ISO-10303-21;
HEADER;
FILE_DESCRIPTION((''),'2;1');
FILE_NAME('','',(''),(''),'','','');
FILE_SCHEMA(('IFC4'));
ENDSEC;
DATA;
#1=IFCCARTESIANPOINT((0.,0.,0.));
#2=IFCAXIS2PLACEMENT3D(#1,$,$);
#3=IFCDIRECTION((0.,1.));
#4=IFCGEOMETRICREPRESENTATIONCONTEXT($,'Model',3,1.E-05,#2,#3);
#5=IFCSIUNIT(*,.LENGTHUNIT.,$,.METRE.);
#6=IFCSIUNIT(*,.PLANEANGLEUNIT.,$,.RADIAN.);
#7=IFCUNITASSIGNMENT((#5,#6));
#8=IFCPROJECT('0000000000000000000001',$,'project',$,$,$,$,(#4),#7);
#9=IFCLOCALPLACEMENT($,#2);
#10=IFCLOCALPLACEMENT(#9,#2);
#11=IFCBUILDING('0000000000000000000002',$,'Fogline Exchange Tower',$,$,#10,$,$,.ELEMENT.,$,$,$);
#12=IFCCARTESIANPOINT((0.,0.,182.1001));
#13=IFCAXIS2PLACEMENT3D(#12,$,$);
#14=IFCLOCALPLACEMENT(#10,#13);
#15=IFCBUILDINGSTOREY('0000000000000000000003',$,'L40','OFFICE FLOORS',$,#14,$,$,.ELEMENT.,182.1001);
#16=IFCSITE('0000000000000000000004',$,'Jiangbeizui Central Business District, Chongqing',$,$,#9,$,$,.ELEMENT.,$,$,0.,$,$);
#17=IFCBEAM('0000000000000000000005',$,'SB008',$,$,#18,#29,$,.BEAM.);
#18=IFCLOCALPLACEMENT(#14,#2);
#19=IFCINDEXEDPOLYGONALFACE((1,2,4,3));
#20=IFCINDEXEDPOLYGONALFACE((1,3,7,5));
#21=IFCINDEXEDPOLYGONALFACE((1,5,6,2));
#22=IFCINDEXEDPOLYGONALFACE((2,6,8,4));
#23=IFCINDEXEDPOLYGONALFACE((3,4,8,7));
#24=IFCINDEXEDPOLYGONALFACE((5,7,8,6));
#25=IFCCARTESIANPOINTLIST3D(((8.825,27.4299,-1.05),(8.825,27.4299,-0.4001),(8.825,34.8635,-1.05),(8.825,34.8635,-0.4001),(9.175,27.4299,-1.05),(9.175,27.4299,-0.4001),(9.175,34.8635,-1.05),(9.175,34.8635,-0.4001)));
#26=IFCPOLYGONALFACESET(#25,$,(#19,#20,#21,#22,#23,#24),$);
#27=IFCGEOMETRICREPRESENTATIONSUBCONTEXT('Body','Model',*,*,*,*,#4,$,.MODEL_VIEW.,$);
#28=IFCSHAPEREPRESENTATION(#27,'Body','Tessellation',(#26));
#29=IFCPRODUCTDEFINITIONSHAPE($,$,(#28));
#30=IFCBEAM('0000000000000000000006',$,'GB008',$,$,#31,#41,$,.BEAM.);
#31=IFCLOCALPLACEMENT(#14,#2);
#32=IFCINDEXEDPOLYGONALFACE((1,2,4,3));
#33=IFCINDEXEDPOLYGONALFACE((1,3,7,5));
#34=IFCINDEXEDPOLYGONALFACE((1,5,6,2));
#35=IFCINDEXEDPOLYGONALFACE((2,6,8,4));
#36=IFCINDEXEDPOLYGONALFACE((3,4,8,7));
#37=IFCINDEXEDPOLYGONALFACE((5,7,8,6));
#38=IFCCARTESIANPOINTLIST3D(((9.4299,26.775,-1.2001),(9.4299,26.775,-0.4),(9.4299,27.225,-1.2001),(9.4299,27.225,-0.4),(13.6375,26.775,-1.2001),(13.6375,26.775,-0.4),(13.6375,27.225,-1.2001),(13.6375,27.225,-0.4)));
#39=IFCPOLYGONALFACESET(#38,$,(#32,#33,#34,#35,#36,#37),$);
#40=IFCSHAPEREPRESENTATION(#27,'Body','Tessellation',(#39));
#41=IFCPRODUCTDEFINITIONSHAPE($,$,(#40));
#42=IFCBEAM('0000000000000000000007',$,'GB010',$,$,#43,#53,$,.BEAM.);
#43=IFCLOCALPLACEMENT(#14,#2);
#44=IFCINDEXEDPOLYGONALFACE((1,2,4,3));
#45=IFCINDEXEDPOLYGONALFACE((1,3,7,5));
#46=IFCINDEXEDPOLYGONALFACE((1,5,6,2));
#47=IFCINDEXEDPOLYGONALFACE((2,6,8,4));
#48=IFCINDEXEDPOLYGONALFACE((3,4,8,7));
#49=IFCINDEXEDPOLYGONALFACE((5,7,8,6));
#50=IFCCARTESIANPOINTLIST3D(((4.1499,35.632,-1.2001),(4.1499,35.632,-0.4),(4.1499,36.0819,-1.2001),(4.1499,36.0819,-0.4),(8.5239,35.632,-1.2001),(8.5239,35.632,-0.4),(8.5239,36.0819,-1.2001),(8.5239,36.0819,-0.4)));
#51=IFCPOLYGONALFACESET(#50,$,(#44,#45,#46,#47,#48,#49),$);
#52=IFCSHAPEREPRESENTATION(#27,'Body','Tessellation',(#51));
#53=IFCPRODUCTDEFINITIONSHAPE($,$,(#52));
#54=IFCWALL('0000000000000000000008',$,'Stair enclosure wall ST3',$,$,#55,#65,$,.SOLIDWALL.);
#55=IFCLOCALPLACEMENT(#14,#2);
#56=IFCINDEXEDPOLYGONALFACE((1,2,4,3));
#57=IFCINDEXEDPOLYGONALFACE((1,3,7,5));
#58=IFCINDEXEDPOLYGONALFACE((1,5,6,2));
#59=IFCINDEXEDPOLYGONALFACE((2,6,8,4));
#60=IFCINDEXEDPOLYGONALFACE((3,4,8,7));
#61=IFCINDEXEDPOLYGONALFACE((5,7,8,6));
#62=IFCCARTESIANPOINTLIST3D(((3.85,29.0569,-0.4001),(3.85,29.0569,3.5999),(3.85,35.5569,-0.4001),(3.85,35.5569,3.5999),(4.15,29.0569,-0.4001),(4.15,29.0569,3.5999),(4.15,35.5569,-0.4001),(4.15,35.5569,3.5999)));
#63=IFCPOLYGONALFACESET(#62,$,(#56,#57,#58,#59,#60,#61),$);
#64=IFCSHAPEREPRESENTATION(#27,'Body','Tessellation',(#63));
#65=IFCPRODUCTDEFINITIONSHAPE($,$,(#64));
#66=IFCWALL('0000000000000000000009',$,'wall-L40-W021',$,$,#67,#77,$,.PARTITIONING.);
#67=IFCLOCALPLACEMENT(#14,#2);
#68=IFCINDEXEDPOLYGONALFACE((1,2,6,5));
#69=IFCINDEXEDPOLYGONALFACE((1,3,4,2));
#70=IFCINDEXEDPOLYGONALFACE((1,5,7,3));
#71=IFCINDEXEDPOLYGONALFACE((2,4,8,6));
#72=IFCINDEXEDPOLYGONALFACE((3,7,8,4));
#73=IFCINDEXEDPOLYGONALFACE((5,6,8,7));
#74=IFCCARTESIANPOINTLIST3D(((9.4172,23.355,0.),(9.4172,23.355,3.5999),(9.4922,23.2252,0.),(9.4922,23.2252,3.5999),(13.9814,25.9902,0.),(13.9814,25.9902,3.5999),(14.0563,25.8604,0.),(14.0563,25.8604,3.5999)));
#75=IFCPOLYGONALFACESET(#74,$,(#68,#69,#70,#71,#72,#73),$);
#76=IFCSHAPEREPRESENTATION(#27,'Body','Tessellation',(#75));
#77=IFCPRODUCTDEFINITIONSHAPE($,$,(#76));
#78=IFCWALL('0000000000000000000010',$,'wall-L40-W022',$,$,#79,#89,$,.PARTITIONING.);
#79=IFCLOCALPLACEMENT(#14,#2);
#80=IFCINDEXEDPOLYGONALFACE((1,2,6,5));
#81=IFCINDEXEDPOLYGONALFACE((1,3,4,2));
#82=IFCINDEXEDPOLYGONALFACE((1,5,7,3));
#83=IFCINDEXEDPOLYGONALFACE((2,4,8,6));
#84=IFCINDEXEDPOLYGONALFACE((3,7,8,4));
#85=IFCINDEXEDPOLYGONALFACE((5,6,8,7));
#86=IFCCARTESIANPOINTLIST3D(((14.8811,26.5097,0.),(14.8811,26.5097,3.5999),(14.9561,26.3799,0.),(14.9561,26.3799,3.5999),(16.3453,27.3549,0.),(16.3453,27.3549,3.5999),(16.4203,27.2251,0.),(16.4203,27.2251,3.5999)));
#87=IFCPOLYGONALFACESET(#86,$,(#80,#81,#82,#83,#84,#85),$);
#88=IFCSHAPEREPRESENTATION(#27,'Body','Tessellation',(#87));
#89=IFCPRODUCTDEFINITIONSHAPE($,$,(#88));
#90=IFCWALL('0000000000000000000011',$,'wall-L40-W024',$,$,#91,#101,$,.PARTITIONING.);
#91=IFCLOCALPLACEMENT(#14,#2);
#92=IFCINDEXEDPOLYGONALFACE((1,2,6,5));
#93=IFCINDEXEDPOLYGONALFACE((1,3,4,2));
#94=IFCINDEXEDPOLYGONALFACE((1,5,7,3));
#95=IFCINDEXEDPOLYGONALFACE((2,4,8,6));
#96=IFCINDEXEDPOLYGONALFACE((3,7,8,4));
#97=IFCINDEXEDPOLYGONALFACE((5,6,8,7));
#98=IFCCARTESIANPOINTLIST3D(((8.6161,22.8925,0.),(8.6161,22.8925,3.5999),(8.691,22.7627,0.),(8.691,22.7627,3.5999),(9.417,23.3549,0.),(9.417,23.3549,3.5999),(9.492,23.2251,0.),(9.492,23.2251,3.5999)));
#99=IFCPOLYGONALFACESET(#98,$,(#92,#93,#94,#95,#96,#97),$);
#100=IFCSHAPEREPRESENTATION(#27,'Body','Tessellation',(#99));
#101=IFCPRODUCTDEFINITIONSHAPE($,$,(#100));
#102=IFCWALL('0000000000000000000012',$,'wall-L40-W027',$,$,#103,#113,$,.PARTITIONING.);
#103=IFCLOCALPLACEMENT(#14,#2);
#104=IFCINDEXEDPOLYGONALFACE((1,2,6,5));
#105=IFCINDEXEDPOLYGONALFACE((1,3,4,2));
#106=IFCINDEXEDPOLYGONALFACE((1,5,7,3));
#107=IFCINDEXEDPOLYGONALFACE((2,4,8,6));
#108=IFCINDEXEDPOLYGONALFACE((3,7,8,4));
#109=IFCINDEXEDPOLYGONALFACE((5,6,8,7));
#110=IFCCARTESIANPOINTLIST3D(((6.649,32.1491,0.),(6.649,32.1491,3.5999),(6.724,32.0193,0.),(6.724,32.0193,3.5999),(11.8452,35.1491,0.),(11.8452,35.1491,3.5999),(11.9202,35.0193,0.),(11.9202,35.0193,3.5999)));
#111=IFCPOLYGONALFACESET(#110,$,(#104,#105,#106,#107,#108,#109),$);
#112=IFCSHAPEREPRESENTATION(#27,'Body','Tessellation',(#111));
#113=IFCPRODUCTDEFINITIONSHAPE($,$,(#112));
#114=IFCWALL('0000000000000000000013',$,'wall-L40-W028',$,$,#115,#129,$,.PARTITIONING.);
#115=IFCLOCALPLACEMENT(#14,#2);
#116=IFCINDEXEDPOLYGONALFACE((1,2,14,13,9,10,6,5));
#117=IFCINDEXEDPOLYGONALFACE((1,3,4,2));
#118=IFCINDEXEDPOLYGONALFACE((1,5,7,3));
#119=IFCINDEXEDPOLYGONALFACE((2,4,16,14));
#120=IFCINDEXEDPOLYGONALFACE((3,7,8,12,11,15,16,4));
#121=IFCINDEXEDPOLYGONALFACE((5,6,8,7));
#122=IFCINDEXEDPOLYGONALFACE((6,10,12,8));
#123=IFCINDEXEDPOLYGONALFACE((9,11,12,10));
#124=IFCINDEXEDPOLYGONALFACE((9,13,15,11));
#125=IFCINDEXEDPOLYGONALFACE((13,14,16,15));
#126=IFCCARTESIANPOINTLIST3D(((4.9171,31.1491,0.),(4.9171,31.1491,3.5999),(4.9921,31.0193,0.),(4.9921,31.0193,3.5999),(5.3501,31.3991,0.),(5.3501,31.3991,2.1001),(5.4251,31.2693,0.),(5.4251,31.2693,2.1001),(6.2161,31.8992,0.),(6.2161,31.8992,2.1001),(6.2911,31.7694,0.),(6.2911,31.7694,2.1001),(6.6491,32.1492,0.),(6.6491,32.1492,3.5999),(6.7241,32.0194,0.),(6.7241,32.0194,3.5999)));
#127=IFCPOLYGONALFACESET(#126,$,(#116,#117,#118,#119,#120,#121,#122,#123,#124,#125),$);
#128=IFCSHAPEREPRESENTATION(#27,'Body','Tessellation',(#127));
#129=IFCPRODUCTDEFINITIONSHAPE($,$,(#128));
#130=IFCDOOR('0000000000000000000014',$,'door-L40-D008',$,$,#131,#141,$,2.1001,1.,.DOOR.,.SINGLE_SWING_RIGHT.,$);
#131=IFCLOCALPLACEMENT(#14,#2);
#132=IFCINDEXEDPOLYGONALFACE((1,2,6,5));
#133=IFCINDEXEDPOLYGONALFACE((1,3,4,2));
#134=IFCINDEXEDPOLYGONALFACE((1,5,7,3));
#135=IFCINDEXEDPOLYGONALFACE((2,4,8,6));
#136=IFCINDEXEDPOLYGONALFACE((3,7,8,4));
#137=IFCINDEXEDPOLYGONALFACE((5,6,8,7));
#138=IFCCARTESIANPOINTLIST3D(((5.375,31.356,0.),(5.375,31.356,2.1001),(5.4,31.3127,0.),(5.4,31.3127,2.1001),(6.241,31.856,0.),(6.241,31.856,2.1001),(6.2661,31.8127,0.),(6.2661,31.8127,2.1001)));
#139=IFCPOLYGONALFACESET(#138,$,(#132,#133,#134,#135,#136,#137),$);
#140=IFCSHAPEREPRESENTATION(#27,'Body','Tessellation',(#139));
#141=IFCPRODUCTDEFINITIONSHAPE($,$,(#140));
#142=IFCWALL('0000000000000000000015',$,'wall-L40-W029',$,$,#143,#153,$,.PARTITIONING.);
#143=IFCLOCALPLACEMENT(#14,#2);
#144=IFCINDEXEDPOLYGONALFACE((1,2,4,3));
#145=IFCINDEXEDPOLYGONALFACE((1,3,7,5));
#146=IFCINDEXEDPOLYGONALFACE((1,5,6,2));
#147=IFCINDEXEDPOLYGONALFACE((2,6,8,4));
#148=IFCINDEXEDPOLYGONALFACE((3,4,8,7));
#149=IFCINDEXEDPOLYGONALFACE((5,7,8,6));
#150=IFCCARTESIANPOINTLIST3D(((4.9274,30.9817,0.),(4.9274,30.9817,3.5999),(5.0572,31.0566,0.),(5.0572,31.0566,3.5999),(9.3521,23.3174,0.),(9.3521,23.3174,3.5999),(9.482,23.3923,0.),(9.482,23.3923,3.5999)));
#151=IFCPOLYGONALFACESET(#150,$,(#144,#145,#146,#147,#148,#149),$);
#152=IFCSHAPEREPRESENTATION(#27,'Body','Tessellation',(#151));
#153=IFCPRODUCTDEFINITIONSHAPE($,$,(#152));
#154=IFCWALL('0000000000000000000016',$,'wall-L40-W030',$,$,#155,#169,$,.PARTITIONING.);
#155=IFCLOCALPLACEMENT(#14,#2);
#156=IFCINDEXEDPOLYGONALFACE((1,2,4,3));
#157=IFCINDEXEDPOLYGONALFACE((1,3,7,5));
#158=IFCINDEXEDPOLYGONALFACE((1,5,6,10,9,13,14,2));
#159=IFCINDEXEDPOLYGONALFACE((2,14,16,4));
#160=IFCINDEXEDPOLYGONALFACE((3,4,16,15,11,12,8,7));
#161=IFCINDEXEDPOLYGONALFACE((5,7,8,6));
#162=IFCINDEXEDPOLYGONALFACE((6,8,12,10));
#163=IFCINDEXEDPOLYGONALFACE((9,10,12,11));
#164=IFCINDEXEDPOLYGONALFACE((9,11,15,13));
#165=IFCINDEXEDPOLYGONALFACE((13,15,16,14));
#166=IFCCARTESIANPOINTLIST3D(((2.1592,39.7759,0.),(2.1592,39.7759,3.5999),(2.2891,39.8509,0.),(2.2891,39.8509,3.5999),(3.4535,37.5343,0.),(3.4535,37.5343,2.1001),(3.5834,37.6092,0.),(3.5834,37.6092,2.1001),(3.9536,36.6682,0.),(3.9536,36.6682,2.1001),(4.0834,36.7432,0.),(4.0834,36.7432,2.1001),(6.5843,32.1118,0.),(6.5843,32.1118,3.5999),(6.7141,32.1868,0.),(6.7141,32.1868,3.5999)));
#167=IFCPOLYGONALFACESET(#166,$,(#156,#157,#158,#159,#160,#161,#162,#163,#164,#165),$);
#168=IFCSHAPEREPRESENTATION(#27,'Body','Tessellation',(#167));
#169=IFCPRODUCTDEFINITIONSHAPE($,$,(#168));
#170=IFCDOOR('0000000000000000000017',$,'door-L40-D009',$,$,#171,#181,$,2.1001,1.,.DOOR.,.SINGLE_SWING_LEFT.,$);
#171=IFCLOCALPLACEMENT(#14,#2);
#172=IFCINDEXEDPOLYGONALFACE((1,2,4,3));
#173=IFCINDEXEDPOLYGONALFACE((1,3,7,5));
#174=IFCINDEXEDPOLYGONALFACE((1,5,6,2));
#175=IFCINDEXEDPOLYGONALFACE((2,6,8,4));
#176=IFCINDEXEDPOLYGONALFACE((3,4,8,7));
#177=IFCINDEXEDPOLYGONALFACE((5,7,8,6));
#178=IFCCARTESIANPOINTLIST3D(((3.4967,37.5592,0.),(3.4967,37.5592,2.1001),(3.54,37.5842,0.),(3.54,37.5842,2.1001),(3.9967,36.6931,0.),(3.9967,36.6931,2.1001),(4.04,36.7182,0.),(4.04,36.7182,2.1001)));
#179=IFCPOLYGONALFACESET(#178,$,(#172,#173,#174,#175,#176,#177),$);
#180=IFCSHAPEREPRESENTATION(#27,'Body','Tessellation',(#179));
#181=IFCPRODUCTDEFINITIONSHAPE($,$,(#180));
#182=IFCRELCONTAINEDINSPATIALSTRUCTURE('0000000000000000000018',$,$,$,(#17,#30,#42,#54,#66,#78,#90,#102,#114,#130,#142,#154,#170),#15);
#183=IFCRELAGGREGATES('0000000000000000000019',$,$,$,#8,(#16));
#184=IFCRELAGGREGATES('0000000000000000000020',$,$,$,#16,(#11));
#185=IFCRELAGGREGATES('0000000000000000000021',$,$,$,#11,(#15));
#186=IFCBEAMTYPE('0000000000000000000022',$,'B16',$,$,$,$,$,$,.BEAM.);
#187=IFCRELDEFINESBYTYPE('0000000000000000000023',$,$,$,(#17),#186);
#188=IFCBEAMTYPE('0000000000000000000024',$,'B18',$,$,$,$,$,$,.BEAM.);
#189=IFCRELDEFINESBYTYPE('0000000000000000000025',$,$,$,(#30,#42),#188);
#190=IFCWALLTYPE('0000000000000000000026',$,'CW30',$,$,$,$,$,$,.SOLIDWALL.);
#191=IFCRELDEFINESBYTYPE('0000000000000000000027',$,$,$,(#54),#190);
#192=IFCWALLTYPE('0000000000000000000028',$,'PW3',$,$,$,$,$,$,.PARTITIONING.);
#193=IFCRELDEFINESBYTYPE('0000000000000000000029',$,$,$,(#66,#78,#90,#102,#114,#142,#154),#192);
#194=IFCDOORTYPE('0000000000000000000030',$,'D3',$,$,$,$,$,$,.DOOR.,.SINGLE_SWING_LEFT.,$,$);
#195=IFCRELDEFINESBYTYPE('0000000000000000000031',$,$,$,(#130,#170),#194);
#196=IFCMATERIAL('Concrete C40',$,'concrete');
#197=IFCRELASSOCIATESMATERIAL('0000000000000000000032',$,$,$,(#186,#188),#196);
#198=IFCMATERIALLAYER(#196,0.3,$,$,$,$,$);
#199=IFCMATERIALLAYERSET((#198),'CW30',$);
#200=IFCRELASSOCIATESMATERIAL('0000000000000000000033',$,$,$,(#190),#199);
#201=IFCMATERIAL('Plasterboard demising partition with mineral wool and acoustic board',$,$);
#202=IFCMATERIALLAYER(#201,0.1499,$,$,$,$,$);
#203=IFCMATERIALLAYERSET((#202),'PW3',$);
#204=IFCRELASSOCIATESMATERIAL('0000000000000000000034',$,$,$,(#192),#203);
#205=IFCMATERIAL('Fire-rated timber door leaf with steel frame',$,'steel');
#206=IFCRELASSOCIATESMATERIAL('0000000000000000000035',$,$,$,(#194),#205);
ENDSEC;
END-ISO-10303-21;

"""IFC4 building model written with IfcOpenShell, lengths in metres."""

from ifc_helpers import new_model, si_unit, direction, frame, frame_2d, origin, origin_2d, place, context, subcontext, project, spatial, rectangle, extrude, material, layer, layer_set, material_profile, profile_set, type_object, element, fill, save


model = new_model("IFC4")

# Units and contexts
model_context = context("Model", 3, precision=1e-05, world=origin(), true_north=direction((0.0, 1.0)))
body_context = subcontext(model_context, "Body", "Model", "MODEL_VIEW")
ifc_project = project(units=[si_unit("LENGTHUNIT", "METRE"), si_unit("PLANEANGLEUNIT", "RADIAN")], contexts=[model_context])

# Site, building, storey
site_placement = place(None, origin())
site = spatial("IfcSite", under=ifc_project, at=site_placement, Name="Jiangbeizui Central Business District, Chongqing", CompositionType="ELEMENT", RefElevation=0.0)
building_placement = place(site_placement, origin())
building = spatial("IfcBuilding", under=site, at=building_placement, Name="Fogline Exchange Tower", CompositionType="ELEMENT")
storey_placement = place(building_placement, frame((0.0, 0.0, 182.1001)))
storey = spatial("IfcBuildingStorey", under=building, at=storey_placement, Name="L40", Description="OFFICE FLOORS", CompositionType="ELEMENT", Elevation=182.1001)

# Beams
ifc_material_1 = material(Name="Concrete C40", Category="concrete")
ifc_material_profile_1 = material_profile(ifc_material_1, rectangle(XDim=0.3501, YDim=0.6499, at=origin_2d()), Name="RC 350x650")
ifc_profile_set_1 = profile_set([ifc_material_profile_1], Name="Concrete C40")
beam_type_1 = type_object("IfcBeamType", Name="B16", PredefinedType="BEAM", material=ifc_profile_set_1)
beam_1_placement = place(storey_placement, frame((9.0, 27.4299, -0.7251), z_axis=(0.0, 1.0, 0.0), x_axis=(-1.0, 0.0, 0.0)))
element("IfcBeam", 1, at=beam_1_placement, inside=storey, type_object=beam_type_1, Name="SB008", PredefinedType="BEAM", context=body_context, shape_type="SweptSolid", body=[
    extrude(rectangle(XDim=0.3501, YDim=0.6499, at=origin_2d()), origin(), (0.0, 0.0, 1.0), 7.4336),
])
ifc_material_profile_2 = material_profile(ifc_material_1, rectangle(XDim=0.45, YDim=0.8, at=origin_2d()), Name="RC 450x800")
ifc_profile_set_2 = profile_set([ifc_material_profile_2], Name="Concrete C40")
beam_type_2 = type_object("IfcBeamType", Name="B18", PredefinedType="BEAM", material=ifc_profile_set_2)
beam_2_placement = place(storey_placement, frame((9.4299, 27.0, -0.8), z_axis=(1.0, 0.0, 0.0), x_axis=(0.0, 1.0, 0.0)))
element("IfcBeam", 2, at=beam_2_placement, inside=storey, type_object=beam_type_2, Name="GB008", PredefinedType="BEAM", context=body_context, shape_type="SweptSolid", body=[
    extrude(rectangle(XDim=0.45, YDim=0.8, at=origin_2d()), origin(), (0.0, 0.0, 1.0), 4.2075),
])
beam_3_placement = place(storey_placement, frame((4.1499, 35.8569, -0.8), z_axis=(1.0, 0.0, 0.0), x_axis=(0.0, 1.0, 0.0)))
element("IfcBeam", 3, at=beam_3_placement, inside=storey, type_object=beam_type_2, Name="GB010", PredefinedType="BEAM", context=body_context, shape_type="SweptSolid", body=[
    extrude(rectangle(XDim=0.45, YDim=0.8, at=origin_2d()), origin(), (0.0, 0.0, 1.0), 4.374),
])

# Wall
ifc_layer_1 = layer(ifc_material_1, 0.3)
ifc_layer_set_1 = layer_set([ifc_layer_1], Name="CW30")
wall_type_1 = type_object("IfcWallType", Name="CW30", PredefinedType="SOLIDWALL", material=ifc_layer_set_1)
wall_1_placement = place(storey_placement, frame((4.0, 29.0569, -0.4001), z_axis=(0.0, 0.0, 1.0), x_axis=(0.0, 1.0, 0.0)))
element("IfcWall", 4, at=wall_1_placement, inside=storey, type_object=wall_type_1, Name="Stair enclosure wall ST3", PredefinedType="SOLIDWALL", context=body_context, shape_type="SweptSolid", body=[
    extrude(rectangle(XDim=6.5, YDim=0.3, at=frame_2d((3.25, 0.0))), origin(), (0.0, 0.0, 1.0), 4.0),
])

# Walls
ifc_material_2 = material(Name="Plasterboard demising partition with mineral wool and acoustic board")
ifc_layer_2 = layer(ifc_material_2, 0.1499)
ifc_layer_set_2 = layer_set([ifc_layer_2], Name="PW3")
wall_type_2 = type_object("IfcWallType", Name="PW3", PredefinedType="PARTITIONING", material=ifc_layer_set_2)
wall_2_placement = place(storey_placement, frame((9.4546, 23.29, 0.0), z_axis=(0.0, 0.0, 1.0), x_axis=(0.866017, 0.500015, 0.0)))
element("IfcWall", 5, at=wall_2_placement, inside=storey, type_object=wall_type_2, Name="wall-L40-W021", PredefinedType="PARTITIONING", context=body_context, shape_type="SweptSolid", body=[
    extrude(rectangle(XDim=5.2703, YDim=0.1499, at=frame_2d((2.6353, 0.0))), origin(), (0.0, 0.0, 1.0), 3.5999),
])
wall_3_placement = place(storey_placement, frame((14.9187, 26.4448, 0.0), z_axis=(0.0, 0.0, 1.0), x_axis=(0.866049, 0.49996, 0.0)))
element("IfcWall", 6, at=wall_3_placement, inside=storey, type_object=wall_type_2, Name="wall-L40-W022", PredefinedType="PARTITIONING", context=body_context, shape_type="SweptSolid", body=[
    extrude(rectangle(XDim=1.6907, YDim=0.1499, at=frame_2d((0.8452, 0.0))), origin(), (0.0, 0.0, 1.0), 3.5999),
])
wall_4_placement = place(storey_placement, frame((8.6536, 22.8276, 0.0), z_axis=(0.0, 0.0, 1.0), x_axis=(0.866058, 0.499943, 0.0)))
element("IfcWall", 7, at=wall_4_placement, inside=storey, type_object=wall_type_2, Name="wall-L40-W024", PredefinedType="PARTITIONING", context=body_context, shape_type="SweptSolid", body=[
    extrude(rectangle(XDim=0.9248, YDim=0.1499, at=frame_2d((0.4624, 0.0))), origin(), (0.0, 0.0, 1.0), 3.5999),
])
wall_5_placement = place(storey_placement, frame((6.6865, 32.0842, 0.0), z_axis=(0.0, 0.0, 1.0), x_axis=(0.866031, 0.49999, 0.0)))
element("IfcWall", 8, at=wall_5_placement, inside=storey, type_object=wall_type_2, Name="wall-L40-W027", PredefinedType="PARTITIONING", context=body_context, shape_type="SweptSolid", body=[
    extrude(rectangle(XDim=6.0, YDim=0.1499, at=frame_2d((3.0, 0.0))), origin(), (0.0, 0.0, 1.0), 3.5999),
])

# Wall, opening, door
wall_6_placement = place(storey_placement, frame((4.9546, 31.0842, 0.0), z_axis=(0.0, 0.0, 1.0), x_axis=(0.866011, 0.500025, 0.0)))
wall_6 = element("IfcWall", 9, at=wall_6_placement, inside=storey, type_object=wall_type_2, Name="wall-L40-W028", PredefinedType="PARTITIONING", context=body_context, shape_type="SweptSolid", body=[
    extrude(rectangle(XDim=2.0, YDim=0.1499, at=frame_2d((1.0, 0.0))), origin(), (0.0, 0.0, 1.0), 3.5999),
])
opening_1_placement = place(wall_6_placement, frame((0.5, 0.0, 0.0)))
opening_1 = element("IfcOpeningElement", 10, at=opening_1_placement, cuts=wall_6, PredefinedType="OPENING", context=body_context, shape_type="SweptSolid", body=[
    extrude(rectangle(XDim=1.0, YDim=2.1001, at=frame_2d((0.5, 1.05))), frame((0.0, 0.085, 0.0), z_axis=(0.0, -1.0, 0.0), x_axis=(1.0, 0.0, 0.0)), (0.0, 0.0, 1.0), 0.1699),
])
ifc_material_3 = material(Name="Fire-rated timber door leaf with steel frame", Category="steel")
door_type_1 = type_object("IfcDoorType", Name="D3", OperationType="SINGLE_SWING_LEFT", PredefinedType="DOOR", material=ifc_material_3)
door_1_placement = place(opening_1_placement, frame((1.0, 0.0, 0.0), z_axis=(0.0, 0.0, 1.0), x_axis=(-1.0, 0.0, 0.0)))
door_1 = element("IfcDoor", 11, at=door_1_placement, inside=storey, type_object=door_type_1, Name="door-L40-D008", OperationType="SINGLE_SWING_RIGHT", OverallHeight=2.1001, OverallWidth=1.0, PredefinedType="DOOR", context=body_context, shape_type="SweptSolid", body=[
    extrude(rectangle(XDim=1.0, YDim=2.1001, at=frame_2d((0.5, 1.05))), frame((0.0, 0.0249, 0.0), z_axis=(0.0, -1.0, 0.0), x_axis=(1.0, 0.0, 0.0)), (0.0, 0.0, 1.0), 0.05),
])
fill(opening_1, door_1)

# Wall
wall_7_placement = place(storey_placement, frame((9.417, 23.355, 0.0), z_axis=(0.0, 0.0, 1.0), x_axis=(-0.499984, 0.866034, 0.0)))
element("IfcWall", 12, at=wall_7_placement, inside=storey, type_object=wall_type_2, Name="wall-L40-W029", PredefinedType="PARTITIONING", context=body_context, shape_type="SweptSolid", body=[
    extrude(rectangle(XDim=8.8499, YDim=0.1499, at=frame_2d((4.4248, 0.0))), origin(), (0.0, 0.0, 1.0), 3.5999),
])

# Wall, opening, door
wall_8_placement = place(storey_placement, frame((6.6492, 32.1494, 0.0), z_axis=(0.0, 0.0, 1.0), x_axis=(-0.500017, 0.866016, 0.0)))
wall_8 = element("IfcWall", 13, at=wall_8_placement, inside=storey, type_object=wall_type_2, Name="wall-L40-W030", PredefinedType="PARTITIONING", context=body_context, shape_type="SweptSolid", body=[
    extrude(rectangle(XDim=8.8499, YDim=0.1499, at=frame_2d((4.4248, 0.0))), origin(), (0.0, 0.0, 1.0), 3.5999),
])
opening_2_placement = place(wall_8_placement, frame((5.2612, 0.0, 0.0)))
opening_2 = element("IfcOpeningElement", 14, at=opening_2_placement, cuts=wall_8, PredefinedType="OPENING", context=body_context, shape_type="SweptSolid", body=[
    extrude(rectangle(XDim=1.0, YDim=2.1001, at=frame_2d((0.5, 1.05))), frame((0.0, 0.085, 0.0), z_axis=(0.0, -1.0, 0.0), x_axis=(1.0, 0.0, 0.0)), (0.0, 0.0, 1.0), 0.1699),
])
door_2_placement = place(opening_2_placement, frame((1.0, 0.0, 0.0), z_axis=(0.0, 0.0, 1.0), x_axis=(-1.0, 0.0, 0.0)))
door_2 = element("IfcDoor", 15, at=door_2_placement, inside=storey, type_object=door_type_1, Name="door-L40-D009", OperationType="SINGLE_SWING_LEFT", OverallHeight=2.1001, OverallWidth=1.0, PredefinedType="DOOR", context=body_context, shape_type="SweptSolid", body=[
    extrude(rectangle(XDim=1.0, YDim=2.1001, at=frame_2d((0.5, 1.05))), frame((0.0, 0.0249, 0.0), z_axis=(0.0, -1.0, 0.0), x_axis=(1.0, 0.0, 0.0)), (0.0, 0.0, 1.0), 0.05),
])
fill(opening_2, door_2)

save(model, "model.ifc")
